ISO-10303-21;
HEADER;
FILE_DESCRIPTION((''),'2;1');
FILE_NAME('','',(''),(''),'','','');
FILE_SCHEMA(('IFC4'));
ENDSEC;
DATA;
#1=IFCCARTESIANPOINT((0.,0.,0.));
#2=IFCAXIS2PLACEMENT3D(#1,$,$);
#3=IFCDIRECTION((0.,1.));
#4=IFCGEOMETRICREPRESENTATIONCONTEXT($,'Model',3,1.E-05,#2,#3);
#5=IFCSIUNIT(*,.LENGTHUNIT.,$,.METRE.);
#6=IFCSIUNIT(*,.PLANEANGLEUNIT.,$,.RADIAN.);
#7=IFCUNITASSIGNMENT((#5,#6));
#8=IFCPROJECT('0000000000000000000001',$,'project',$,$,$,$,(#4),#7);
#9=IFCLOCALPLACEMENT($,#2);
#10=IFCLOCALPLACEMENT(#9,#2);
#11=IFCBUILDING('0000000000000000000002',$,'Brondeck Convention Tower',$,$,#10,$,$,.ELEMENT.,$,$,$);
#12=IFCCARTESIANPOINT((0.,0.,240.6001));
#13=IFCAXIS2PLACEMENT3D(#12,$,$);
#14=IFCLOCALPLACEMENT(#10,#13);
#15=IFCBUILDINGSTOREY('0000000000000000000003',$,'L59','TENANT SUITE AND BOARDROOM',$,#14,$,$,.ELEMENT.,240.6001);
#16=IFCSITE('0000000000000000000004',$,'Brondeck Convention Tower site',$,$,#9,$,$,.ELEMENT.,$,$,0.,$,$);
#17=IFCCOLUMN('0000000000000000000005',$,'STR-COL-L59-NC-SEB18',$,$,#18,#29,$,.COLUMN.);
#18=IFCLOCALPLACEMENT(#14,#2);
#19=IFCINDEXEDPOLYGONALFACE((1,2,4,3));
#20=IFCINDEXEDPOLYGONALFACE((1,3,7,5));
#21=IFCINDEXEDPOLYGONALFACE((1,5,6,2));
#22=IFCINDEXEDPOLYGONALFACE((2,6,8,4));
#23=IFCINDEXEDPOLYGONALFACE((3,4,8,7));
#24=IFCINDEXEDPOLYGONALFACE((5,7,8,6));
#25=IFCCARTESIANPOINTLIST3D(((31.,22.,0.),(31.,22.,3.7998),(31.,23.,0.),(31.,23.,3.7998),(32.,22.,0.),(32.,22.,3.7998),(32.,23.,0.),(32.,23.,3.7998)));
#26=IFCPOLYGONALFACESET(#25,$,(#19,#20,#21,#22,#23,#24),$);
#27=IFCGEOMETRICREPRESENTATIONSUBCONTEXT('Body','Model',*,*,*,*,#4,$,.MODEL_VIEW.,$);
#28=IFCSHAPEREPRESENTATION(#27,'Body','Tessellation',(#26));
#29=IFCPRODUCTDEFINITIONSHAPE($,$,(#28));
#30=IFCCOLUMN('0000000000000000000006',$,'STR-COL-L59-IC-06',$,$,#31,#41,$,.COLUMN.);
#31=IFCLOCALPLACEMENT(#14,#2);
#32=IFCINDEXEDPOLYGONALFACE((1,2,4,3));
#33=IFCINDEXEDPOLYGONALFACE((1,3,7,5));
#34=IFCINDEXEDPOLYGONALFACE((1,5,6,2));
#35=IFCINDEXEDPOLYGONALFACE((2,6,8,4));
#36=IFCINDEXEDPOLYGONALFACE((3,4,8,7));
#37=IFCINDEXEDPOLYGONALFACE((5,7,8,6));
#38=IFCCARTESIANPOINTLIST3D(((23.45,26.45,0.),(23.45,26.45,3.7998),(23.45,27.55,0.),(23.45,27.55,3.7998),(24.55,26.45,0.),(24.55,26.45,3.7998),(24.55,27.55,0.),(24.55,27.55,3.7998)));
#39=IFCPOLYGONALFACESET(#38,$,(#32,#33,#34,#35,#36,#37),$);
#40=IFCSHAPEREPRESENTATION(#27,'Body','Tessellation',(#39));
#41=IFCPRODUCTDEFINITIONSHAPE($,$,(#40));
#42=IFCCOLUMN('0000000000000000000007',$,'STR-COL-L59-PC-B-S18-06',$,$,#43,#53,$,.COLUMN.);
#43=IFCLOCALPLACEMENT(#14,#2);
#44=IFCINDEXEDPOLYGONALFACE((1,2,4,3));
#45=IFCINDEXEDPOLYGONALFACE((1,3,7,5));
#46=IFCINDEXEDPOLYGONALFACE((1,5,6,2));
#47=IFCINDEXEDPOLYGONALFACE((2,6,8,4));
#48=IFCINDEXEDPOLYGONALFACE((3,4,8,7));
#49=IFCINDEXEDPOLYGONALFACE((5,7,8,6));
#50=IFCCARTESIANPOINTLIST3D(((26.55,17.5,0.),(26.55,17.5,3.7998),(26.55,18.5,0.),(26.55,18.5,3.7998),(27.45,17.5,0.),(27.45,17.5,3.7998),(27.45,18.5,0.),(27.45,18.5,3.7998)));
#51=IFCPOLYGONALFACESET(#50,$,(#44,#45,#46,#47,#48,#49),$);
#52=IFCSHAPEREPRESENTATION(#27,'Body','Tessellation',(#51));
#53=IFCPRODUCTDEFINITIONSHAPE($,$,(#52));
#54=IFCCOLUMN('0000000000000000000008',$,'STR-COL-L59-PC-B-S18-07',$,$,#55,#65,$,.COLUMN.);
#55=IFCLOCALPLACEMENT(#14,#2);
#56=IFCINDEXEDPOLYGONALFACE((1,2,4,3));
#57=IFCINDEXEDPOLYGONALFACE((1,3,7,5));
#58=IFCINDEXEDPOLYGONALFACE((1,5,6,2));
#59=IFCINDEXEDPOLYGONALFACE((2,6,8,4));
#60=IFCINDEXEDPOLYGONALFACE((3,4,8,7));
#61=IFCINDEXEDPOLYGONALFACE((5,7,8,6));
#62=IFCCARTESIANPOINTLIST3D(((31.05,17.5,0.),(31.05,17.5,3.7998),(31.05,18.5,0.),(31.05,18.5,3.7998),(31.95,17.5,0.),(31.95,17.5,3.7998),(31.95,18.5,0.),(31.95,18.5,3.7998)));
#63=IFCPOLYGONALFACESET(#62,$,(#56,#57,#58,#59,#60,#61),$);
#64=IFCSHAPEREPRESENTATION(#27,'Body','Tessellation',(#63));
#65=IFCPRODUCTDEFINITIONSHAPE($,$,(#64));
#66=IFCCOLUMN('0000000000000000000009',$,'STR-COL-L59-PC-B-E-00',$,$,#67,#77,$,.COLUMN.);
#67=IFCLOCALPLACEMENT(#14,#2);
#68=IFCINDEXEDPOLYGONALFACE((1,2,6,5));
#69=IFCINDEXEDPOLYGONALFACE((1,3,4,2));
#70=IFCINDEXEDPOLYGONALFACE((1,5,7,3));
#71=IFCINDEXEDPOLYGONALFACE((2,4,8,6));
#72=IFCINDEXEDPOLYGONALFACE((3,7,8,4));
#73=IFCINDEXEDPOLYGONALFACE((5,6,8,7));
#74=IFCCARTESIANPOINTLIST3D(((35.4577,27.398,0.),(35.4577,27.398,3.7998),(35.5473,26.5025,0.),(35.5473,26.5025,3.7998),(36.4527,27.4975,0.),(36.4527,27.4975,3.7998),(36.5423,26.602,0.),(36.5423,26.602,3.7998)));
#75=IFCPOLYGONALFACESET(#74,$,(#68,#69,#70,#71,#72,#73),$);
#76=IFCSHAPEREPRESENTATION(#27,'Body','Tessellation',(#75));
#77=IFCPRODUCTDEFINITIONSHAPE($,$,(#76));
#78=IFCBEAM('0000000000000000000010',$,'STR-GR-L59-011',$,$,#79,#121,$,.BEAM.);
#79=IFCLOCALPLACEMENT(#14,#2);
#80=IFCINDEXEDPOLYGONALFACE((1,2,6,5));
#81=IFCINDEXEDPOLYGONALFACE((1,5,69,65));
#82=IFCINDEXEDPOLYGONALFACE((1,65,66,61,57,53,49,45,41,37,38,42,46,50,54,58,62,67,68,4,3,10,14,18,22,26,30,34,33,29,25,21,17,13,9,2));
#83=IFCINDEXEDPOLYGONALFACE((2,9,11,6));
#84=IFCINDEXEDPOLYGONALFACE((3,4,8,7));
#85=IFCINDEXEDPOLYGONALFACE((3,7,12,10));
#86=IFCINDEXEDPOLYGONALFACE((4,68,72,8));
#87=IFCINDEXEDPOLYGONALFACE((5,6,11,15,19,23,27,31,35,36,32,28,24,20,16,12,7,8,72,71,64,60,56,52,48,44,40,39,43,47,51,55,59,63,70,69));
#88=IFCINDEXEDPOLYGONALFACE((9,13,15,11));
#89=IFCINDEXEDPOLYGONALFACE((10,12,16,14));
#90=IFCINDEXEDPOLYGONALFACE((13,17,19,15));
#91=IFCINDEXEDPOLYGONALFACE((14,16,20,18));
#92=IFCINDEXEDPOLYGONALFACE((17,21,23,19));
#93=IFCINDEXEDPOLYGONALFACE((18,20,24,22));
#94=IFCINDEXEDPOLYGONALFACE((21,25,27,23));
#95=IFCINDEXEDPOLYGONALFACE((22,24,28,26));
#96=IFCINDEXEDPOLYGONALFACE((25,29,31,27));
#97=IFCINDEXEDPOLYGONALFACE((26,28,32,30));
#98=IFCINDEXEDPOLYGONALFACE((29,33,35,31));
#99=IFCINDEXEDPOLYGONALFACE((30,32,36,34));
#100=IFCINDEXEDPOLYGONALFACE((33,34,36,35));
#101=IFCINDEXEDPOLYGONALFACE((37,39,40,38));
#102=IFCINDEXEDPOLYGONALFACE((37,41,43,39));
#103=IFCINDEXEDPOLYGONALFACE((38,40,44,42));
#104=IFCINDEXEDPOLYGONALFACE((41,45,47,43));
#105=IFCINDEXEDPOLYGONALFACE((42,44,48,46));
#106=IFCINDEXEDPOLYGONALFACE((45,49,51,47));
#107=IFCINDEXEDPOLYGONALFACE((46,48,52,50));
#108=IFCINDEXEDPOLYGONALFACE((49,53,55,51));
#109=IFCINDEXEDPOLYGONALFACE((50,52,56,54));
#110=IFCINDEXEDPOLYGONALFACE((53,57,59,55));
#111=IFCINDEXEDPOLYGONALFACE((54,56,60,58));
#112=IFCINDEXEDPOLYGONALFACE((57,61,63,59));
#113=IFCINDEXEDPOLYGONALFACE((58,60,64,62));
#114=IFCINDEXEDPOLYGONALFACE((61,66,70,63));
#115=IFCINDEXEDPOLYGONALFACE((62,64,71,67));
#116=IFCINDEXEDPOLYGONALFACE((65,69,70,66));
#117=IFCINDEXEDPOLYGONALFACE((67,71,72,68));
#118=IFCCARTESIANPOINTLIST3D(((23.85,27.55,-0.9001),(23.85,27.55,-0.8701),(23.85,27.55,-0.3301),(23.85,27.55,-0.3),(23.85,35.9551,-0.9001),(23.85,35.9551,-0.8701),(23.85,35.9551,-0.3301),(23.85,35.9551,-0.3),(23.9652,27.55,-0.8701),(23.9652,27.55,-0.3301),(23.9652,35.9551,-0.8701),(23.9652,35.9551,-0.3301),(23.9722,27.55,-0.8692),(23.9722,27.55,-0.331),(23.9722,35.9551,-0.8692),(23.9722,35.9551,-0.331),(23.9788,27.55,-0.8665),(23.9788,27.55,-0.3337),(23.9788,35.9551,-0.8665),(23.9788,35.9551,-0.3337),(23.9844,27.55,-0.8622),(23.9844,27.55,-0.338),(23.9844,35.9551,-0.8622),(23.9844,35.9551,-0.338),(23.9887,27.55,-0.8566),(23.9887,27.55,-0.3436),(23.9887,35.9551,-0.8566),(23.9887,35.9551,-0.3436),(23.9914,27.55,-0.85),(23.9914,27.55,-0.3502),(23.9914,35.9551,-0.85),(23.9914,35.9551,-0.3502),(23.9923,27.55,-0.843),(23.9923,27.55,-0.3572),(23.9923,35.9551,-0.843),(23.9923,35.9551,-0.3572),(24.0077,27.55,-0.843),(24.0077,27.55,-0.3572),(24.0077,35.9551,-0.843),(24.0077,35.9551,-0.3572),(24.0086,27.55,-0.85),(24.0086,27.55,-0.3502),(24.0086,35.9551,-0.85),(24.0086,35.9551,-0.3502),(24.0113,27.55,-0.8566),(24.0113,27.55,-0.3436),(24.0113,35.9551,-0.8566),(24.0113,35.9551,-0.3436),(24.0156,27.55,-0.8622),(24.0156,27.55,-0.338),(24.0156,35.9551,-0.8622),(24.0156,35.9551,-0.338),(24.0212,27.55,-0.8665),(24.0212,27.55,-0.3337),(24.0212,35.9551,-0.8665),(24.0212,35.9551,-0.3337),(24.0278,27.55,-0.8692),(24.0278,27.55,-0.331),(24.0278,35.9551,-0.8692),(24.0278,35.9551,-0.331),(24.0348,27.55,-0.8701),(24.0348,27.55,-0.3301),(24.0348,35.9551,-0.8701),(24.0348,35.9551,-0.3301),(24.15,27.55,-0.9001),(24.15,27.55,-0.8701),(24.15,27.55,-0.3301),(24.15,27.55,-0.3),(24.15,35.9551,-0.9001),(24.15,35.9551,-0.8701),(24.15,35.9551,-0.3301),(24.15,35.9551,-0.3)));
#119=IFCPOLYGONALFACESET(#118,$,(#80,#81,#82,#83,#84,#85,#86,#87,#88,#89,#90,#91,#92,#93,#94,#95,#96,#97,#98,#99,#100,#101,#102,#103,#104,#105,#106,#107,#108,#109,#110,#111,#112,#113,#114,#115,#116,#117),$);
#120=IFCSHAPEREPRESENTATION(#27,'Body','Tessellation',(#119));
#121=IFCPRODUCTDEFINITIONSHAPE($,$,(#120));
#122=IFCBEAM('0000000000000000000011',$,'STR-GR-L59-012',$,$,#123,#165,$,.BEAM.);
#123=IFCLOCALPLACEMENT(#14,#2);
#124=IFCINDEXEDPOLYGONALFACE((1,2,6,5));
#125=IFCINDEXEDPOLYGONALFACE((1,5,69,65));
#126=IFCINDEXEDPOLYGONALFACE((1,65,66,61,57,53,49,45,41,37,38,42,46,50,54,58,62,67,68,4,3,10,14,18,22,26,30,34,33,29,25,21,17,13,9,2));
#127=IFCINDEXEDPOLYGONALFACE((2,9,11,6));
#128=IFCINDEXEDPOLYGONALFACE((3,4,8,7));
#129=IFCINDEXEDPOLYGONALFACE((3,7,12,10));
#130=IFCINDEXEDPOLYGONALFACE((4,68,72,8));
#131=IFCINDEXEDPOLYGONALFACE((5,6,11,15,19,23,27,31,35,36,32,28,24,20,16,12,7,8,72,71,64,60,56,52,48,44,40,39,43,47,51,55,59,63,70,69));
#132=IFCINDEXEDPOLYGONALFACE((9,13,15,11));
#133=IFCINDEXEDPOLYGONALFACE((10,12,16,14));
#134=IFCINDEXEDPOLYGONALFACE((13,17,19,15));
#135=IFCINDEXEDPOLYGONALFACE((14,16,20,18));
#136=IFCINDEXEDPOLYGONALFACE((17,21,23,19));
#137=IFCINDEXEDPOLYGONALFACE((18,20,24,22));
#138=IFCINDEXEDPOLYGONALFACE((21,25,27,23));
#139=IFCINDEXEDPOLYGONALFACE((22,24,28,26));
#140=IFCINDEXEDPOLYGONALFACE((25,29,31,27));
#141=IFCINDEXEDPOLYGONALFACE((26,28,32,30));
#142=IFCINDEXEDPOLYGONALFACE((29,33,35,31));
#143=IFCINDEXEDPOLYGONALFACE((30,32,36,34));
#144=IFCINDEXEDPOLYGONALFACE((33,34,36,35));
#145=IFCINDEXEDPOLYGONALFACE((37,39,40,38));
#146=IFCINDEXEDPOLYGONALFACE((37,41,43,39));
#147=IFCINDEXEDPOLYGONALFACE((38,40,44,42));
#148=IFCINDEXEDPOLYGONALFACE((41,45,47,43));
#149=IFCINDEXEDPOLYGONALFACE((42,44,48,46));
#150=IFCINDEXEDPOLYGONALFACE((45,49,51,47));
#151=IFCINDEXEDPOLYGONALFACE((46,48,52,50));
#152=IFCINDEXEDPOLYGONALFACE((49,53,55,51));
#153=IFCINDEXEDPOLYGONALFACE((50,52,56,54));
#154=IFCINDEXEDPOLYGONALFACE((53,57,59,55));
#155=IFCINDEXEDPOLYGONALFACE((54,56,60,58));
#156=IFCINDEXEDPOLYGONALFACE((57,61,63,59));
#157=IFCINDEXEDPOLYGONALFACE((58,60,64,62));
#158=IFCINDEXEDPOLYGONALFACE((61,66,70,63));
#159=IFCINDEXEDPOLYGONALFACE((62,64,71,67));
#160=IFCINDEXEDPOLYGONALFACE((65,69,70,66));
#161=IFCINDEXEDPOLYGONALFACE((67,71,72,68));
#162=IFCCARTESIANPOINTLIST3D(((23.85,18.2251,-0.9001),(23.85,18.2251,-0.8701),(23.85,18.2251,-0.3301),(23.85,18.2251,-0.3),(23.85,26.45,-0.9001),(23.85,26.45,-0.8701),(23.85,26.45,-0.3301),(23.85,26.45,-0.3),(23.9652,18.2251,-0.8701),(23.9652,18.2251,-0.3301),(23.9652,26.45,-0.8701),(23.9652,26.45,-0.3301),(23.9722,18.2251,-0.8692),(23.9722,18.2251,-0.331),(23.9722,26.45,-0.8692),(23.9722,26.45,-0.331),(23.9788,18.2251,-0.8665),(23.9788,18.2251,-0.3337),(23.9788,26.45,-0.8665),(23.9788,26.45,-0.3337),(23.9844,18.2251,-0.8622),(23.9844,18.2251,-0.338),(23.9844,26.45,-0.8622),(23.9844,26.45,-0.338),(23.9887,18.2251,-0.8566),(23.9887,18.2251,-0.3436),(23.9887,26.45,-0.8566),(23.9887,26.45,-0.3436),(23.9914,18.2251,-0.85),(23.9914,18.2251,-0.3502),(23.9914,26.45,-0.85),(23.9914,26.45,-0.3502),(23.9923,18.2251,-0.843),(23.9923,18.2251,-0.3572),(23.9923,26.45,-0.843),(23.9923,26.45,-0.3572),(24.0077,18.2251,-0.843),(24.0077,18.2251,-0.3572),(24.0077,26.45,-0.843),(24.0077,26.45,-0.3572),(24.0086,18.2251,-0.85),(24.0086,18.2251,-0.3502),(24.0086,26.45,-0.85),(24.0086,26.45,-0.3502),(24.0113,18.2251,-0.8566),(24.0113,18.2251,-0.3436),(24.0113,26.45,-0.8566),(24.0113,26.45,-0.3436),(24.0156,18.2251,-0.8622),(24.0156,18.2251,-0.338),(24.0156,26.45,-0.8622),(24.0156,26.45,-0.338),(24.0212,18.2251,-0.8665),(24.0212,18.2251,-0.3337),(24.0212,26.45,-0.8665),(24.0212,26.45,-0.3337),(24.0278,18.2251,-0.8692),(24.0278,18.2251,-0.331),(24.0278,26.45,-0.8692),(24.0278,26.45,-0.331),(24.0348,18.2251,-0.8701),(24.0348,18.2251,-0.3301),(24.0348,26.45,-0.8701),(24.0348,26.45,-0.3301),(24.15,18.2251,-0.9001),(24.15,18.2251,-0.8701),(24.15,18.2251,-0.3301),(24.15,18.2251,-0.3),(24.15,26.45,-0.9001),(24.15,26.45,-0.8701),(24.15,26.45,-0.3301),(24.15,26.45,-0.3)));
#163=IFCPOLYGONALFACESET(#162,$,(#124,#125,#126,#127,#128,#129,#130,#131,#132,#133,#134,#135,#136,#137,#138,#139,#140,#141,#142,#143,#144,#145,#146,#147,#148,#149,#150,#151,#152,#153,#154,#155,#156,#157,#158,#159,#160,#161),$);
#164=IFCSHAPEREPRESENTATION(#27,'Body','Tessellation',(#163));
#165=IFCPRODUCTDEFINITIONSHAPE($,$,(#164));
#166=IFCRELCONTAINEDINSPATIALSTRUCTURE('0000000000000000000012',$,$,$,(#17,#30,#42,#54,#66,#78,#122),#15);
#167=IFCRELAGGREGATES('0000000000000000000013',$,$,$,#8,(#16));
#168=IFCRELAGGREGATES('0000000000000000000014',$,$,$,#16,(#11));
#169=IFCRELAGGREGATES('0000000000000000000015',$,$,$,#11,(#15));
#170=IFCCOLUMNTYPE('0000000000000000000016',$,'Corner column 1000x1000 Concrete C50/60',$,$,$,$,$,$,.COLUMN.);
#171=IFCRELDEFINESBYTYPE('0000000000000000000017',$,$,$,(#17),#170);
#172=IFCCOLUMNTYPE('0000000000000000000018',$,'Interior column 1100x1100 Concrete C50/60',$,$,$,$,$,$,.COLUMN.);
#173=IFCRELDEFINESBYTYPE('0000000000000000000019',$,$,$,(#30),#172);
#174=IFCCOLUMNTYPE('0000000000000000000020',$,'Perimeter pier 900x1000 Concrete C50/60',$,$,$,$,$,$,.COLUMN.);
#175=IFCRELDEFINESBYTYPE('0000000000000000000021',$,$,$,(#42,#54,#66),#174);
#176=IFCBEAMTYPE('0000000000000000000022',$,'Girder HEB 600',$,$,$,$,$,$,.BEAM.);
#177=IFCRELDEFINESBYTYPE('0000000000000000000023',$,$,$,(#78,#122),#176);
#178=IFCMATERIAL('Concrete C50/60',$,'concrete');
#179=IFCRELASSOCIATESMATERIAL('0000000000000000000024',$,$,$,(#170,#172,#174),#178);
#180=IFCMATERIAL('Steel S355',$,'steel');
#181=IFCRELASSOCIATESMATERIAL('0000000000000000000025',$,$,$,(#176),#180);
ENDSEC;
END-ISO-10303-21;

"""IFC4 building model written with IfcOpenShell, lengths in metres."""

from ifc_helpers import new_model, si_unit, direction, frame, origin, origin_2d, place, context, subcontext, project, spatial, rectangle, i_section, extrude, material, material_profile, profile_set, type_object, element, save


model = new_model("IFC4")

# Units and contexts
model_context = context("Model", 3, precision=1e-05, world=origin(), true_north=direction((0.0, 1.0)))
body_context = subcontext(model_context, "Body", "Model", "MODEL_VIEW")
ifc_project = project(units=[si_unit("LENGTHUNIT", "METRE"), si_unit("PLANEANGLEUNIT", "RADIAN")], contexts=[model_context])

# Site, building, storey
site_placement = place(None, origin())
site = spatial("IfcSite", under=ifc_project, at=site_placement, Name="Brondeck Convention Tower site", CompositionType="ELEMENT", RefElevation=0.0)
building_placement = place(site_placement, origin())
building = spatial("IfcBuilding", under=site, at=building_placement, Name="Brondeck Convention Tower", CompositionType="ELEMENT")
storey_placement = place(building_placement, frame((0.0, 0.0, 240.6001)))
storey = spatial("IfcBuildingStorey", under=building, at=storey_placement, Name="L59", Description="TENANT SUITE AND BOARDROOM", CompositionType="ELEMENT", Elevation=240.6001)

# Columns
ifc_material_1 = material(Name="Concrete C50/60", Category="concrete")
ifc_material_profile_1 = material_profile(ifc_material_1, rectangle(XDim=1.0, YDim=1.0, at=origin_2d()), Name="Corner column 1000x1000 Concrete C50/60")
ifc_profile_set_1 = profile_set([ifc_material_profile_1], Name="Concrete C50/60")
column_type_1 = type_object("IfcColumnType", Name="Corner column 1000x1000 Concrete C50/60", PredefinedType="COLUMN", material=ifc_profile_set_1)
column_1_placement = place(storey_placement, frame((31.5, 22.5, 0.0), z_axis=(0.0, 0.0, 1.0), x_axis=(1.0, 0.0, 0.0)))
element("IfcColumn", 1, at=column_1_placement, inside=storey, type_object=column_type_1, Name="STR-COL-L59-NC-SEB18", PredefinedType="COLUMN", context=body_context, shape_type="SweptSolid", body=[
    extrude(rectangle(XDim=1.0, YDim=1.0, at=origin_2d()), origin(), (0.0, 0.0, 1.0), 3.7998),
])
ifc_material_profile_2 = material_profile(ifc_material_1, rectangle(XDim=1.1001, YDim=1.1001, at=origin_2d()), Name="Interior column 1100x1100 Concrete C50/60")
ifc_profile_set_2 = profile_set([ifc_material_profile_2], Name="Concrete C50/60")
column_type_2 = type_object("IfcColumnType", Name="Interior column 1100x1100 Concrete C50/60", PredefinedType="COLUMN", material=ifc_profile_set_2)
column_2_placement = place(storey_placement, frame((24.0, 27.0, 0.0), z_axis=(0.0, 0.0, 1.0), x_axis=(1.0, 0.0, 0.0)))
element("IfcColumn", 2, at=column_2_placement, inside=storey, type_object=column_type_2, Name="STR-COL-L59-IC-06", PredefinedType="COLUMN", context=body_context, shape_type="SweptSolid", body=[
    extrude(rectangle(XDim=1.1001, YDim=1.1001, at=origin_2d()), origin(), (0.0, 0.0, 1.0), 3.7998),
])
ifc_material_profile_3 = material_profile(ifc_material_1, rectangle(XDim=0.8999, YDim=1.0, at=origin_2d()), Name="Perimeter pier 900x1000 Concrete C50/60")
ifc_profile_set_3 = profile_set([ifc_material_profile_3], Name="Concrete C50/60")
column_type_3 = type_object("IfcColumnType", Name="Perimeter pier 900x1000 Concrete C50/60", PredefinedType="COLUMN", material=ifc_profile_set_3)
for number, where, z_axis, x_axis, name in (
    (3, (27.0, 18.0, 0.0), (0.0, 0.0, 1.0), (1.0, 0.0, 0.0), "STR-COL-L59-PC-B-S18-06"),
    (4, (31.5, 18.0, 0.0), (0.0, 0.0, 1.0), (1.0, 0.0, 0.0), "STR-COL-L59-PC-B-S18-07"),
    (5, (36.0, 27.0, 0.0), (0.0, 0.0, 1.0), (-0.099504, 0.995037, 0.0), "STR-COL-L59-PC-B-E-00"),
):
    element("IfcColumn", number, at=place(storey_placement, frame(where, z_axis=z_axis, x_axis=x_axis)), inside=storey, type_object=column_type_3, Name=name, PredefinedType="COLUMN", context=body_context, shape_type="SweptSolid", body=[
        extrude(rectangle(XDim=0.8999, YDim=1.0, at=origin_2d()), origin(), (0.0, 0.0, 1.0), 3.7998),
    ])

# Beams
ifc_material_2 = material(Name="Steel S355", Category="steel")
ifc_material_profile_4 = material_profile(ifc_material_2, i_section(OverallWidth=0.3, OverallDepth=0.6001, WebThickness=0.0154, FlangeThickness=0.03, FilletRadius=0.0271, at=origin_2d()), Name="HEB 600")
ifc_profile_set_4 = profile_set([ifc_material_profile_4], Name="Steel S355")
beam_type_1 = type_object("IfcBeamType", Name="Girder HEB 600", PredefinedType="BEAM", material=ifc_profile_set_4)
beam_1_placement = place(storey_placement, frame((24.0, 35.9551, -0.6001), z_axis=(0.0, -1.0, 0.0), x_axis=(1.0, 0.0, 0.0)))
element("IfcBeam", 6, at=beam_1_placement, inside=storey, type_object=beam_type_1, Name="STR-GR-L59-011", PredefinedType="BEAM", context=body_context, shape_type="SweptSolid", body=[
    extrude(i_section(OverallWidth=0.3, OverallDepth=0.6001, WebThickness=0.0154, FlangeThickness=0.03, FilletRadius=0.0271, at=origin_2d()), origin(), (0.0, 0.0, 1.0), 8.405),
])
beam_2_placement = place(storey_placement, frame((24.0, 26.45, -0.6001), z_axis=(0.0, -1.0, 0.0), x_axis=(1.0, 0.0, 0.0)))
element("IfcBeam", 7, at=beam_2_placement, inside=storey, type_object=beam_type_1, Name="STR-GR-L59-012", PredefinedType="BEAM", context=body_context, shape_type="SweptSolid", body=[
    extrude(i_section(OverallWidth=0.3, OverallDepth=0.6001, WebThickness=0.0154, FlangeThickness=0.03, FilletRadius=0.0271, at=origin_2d()), origin(), (0.0, 0.0, 1.0), 8.2249),
])

save(model, "model.ifc")
